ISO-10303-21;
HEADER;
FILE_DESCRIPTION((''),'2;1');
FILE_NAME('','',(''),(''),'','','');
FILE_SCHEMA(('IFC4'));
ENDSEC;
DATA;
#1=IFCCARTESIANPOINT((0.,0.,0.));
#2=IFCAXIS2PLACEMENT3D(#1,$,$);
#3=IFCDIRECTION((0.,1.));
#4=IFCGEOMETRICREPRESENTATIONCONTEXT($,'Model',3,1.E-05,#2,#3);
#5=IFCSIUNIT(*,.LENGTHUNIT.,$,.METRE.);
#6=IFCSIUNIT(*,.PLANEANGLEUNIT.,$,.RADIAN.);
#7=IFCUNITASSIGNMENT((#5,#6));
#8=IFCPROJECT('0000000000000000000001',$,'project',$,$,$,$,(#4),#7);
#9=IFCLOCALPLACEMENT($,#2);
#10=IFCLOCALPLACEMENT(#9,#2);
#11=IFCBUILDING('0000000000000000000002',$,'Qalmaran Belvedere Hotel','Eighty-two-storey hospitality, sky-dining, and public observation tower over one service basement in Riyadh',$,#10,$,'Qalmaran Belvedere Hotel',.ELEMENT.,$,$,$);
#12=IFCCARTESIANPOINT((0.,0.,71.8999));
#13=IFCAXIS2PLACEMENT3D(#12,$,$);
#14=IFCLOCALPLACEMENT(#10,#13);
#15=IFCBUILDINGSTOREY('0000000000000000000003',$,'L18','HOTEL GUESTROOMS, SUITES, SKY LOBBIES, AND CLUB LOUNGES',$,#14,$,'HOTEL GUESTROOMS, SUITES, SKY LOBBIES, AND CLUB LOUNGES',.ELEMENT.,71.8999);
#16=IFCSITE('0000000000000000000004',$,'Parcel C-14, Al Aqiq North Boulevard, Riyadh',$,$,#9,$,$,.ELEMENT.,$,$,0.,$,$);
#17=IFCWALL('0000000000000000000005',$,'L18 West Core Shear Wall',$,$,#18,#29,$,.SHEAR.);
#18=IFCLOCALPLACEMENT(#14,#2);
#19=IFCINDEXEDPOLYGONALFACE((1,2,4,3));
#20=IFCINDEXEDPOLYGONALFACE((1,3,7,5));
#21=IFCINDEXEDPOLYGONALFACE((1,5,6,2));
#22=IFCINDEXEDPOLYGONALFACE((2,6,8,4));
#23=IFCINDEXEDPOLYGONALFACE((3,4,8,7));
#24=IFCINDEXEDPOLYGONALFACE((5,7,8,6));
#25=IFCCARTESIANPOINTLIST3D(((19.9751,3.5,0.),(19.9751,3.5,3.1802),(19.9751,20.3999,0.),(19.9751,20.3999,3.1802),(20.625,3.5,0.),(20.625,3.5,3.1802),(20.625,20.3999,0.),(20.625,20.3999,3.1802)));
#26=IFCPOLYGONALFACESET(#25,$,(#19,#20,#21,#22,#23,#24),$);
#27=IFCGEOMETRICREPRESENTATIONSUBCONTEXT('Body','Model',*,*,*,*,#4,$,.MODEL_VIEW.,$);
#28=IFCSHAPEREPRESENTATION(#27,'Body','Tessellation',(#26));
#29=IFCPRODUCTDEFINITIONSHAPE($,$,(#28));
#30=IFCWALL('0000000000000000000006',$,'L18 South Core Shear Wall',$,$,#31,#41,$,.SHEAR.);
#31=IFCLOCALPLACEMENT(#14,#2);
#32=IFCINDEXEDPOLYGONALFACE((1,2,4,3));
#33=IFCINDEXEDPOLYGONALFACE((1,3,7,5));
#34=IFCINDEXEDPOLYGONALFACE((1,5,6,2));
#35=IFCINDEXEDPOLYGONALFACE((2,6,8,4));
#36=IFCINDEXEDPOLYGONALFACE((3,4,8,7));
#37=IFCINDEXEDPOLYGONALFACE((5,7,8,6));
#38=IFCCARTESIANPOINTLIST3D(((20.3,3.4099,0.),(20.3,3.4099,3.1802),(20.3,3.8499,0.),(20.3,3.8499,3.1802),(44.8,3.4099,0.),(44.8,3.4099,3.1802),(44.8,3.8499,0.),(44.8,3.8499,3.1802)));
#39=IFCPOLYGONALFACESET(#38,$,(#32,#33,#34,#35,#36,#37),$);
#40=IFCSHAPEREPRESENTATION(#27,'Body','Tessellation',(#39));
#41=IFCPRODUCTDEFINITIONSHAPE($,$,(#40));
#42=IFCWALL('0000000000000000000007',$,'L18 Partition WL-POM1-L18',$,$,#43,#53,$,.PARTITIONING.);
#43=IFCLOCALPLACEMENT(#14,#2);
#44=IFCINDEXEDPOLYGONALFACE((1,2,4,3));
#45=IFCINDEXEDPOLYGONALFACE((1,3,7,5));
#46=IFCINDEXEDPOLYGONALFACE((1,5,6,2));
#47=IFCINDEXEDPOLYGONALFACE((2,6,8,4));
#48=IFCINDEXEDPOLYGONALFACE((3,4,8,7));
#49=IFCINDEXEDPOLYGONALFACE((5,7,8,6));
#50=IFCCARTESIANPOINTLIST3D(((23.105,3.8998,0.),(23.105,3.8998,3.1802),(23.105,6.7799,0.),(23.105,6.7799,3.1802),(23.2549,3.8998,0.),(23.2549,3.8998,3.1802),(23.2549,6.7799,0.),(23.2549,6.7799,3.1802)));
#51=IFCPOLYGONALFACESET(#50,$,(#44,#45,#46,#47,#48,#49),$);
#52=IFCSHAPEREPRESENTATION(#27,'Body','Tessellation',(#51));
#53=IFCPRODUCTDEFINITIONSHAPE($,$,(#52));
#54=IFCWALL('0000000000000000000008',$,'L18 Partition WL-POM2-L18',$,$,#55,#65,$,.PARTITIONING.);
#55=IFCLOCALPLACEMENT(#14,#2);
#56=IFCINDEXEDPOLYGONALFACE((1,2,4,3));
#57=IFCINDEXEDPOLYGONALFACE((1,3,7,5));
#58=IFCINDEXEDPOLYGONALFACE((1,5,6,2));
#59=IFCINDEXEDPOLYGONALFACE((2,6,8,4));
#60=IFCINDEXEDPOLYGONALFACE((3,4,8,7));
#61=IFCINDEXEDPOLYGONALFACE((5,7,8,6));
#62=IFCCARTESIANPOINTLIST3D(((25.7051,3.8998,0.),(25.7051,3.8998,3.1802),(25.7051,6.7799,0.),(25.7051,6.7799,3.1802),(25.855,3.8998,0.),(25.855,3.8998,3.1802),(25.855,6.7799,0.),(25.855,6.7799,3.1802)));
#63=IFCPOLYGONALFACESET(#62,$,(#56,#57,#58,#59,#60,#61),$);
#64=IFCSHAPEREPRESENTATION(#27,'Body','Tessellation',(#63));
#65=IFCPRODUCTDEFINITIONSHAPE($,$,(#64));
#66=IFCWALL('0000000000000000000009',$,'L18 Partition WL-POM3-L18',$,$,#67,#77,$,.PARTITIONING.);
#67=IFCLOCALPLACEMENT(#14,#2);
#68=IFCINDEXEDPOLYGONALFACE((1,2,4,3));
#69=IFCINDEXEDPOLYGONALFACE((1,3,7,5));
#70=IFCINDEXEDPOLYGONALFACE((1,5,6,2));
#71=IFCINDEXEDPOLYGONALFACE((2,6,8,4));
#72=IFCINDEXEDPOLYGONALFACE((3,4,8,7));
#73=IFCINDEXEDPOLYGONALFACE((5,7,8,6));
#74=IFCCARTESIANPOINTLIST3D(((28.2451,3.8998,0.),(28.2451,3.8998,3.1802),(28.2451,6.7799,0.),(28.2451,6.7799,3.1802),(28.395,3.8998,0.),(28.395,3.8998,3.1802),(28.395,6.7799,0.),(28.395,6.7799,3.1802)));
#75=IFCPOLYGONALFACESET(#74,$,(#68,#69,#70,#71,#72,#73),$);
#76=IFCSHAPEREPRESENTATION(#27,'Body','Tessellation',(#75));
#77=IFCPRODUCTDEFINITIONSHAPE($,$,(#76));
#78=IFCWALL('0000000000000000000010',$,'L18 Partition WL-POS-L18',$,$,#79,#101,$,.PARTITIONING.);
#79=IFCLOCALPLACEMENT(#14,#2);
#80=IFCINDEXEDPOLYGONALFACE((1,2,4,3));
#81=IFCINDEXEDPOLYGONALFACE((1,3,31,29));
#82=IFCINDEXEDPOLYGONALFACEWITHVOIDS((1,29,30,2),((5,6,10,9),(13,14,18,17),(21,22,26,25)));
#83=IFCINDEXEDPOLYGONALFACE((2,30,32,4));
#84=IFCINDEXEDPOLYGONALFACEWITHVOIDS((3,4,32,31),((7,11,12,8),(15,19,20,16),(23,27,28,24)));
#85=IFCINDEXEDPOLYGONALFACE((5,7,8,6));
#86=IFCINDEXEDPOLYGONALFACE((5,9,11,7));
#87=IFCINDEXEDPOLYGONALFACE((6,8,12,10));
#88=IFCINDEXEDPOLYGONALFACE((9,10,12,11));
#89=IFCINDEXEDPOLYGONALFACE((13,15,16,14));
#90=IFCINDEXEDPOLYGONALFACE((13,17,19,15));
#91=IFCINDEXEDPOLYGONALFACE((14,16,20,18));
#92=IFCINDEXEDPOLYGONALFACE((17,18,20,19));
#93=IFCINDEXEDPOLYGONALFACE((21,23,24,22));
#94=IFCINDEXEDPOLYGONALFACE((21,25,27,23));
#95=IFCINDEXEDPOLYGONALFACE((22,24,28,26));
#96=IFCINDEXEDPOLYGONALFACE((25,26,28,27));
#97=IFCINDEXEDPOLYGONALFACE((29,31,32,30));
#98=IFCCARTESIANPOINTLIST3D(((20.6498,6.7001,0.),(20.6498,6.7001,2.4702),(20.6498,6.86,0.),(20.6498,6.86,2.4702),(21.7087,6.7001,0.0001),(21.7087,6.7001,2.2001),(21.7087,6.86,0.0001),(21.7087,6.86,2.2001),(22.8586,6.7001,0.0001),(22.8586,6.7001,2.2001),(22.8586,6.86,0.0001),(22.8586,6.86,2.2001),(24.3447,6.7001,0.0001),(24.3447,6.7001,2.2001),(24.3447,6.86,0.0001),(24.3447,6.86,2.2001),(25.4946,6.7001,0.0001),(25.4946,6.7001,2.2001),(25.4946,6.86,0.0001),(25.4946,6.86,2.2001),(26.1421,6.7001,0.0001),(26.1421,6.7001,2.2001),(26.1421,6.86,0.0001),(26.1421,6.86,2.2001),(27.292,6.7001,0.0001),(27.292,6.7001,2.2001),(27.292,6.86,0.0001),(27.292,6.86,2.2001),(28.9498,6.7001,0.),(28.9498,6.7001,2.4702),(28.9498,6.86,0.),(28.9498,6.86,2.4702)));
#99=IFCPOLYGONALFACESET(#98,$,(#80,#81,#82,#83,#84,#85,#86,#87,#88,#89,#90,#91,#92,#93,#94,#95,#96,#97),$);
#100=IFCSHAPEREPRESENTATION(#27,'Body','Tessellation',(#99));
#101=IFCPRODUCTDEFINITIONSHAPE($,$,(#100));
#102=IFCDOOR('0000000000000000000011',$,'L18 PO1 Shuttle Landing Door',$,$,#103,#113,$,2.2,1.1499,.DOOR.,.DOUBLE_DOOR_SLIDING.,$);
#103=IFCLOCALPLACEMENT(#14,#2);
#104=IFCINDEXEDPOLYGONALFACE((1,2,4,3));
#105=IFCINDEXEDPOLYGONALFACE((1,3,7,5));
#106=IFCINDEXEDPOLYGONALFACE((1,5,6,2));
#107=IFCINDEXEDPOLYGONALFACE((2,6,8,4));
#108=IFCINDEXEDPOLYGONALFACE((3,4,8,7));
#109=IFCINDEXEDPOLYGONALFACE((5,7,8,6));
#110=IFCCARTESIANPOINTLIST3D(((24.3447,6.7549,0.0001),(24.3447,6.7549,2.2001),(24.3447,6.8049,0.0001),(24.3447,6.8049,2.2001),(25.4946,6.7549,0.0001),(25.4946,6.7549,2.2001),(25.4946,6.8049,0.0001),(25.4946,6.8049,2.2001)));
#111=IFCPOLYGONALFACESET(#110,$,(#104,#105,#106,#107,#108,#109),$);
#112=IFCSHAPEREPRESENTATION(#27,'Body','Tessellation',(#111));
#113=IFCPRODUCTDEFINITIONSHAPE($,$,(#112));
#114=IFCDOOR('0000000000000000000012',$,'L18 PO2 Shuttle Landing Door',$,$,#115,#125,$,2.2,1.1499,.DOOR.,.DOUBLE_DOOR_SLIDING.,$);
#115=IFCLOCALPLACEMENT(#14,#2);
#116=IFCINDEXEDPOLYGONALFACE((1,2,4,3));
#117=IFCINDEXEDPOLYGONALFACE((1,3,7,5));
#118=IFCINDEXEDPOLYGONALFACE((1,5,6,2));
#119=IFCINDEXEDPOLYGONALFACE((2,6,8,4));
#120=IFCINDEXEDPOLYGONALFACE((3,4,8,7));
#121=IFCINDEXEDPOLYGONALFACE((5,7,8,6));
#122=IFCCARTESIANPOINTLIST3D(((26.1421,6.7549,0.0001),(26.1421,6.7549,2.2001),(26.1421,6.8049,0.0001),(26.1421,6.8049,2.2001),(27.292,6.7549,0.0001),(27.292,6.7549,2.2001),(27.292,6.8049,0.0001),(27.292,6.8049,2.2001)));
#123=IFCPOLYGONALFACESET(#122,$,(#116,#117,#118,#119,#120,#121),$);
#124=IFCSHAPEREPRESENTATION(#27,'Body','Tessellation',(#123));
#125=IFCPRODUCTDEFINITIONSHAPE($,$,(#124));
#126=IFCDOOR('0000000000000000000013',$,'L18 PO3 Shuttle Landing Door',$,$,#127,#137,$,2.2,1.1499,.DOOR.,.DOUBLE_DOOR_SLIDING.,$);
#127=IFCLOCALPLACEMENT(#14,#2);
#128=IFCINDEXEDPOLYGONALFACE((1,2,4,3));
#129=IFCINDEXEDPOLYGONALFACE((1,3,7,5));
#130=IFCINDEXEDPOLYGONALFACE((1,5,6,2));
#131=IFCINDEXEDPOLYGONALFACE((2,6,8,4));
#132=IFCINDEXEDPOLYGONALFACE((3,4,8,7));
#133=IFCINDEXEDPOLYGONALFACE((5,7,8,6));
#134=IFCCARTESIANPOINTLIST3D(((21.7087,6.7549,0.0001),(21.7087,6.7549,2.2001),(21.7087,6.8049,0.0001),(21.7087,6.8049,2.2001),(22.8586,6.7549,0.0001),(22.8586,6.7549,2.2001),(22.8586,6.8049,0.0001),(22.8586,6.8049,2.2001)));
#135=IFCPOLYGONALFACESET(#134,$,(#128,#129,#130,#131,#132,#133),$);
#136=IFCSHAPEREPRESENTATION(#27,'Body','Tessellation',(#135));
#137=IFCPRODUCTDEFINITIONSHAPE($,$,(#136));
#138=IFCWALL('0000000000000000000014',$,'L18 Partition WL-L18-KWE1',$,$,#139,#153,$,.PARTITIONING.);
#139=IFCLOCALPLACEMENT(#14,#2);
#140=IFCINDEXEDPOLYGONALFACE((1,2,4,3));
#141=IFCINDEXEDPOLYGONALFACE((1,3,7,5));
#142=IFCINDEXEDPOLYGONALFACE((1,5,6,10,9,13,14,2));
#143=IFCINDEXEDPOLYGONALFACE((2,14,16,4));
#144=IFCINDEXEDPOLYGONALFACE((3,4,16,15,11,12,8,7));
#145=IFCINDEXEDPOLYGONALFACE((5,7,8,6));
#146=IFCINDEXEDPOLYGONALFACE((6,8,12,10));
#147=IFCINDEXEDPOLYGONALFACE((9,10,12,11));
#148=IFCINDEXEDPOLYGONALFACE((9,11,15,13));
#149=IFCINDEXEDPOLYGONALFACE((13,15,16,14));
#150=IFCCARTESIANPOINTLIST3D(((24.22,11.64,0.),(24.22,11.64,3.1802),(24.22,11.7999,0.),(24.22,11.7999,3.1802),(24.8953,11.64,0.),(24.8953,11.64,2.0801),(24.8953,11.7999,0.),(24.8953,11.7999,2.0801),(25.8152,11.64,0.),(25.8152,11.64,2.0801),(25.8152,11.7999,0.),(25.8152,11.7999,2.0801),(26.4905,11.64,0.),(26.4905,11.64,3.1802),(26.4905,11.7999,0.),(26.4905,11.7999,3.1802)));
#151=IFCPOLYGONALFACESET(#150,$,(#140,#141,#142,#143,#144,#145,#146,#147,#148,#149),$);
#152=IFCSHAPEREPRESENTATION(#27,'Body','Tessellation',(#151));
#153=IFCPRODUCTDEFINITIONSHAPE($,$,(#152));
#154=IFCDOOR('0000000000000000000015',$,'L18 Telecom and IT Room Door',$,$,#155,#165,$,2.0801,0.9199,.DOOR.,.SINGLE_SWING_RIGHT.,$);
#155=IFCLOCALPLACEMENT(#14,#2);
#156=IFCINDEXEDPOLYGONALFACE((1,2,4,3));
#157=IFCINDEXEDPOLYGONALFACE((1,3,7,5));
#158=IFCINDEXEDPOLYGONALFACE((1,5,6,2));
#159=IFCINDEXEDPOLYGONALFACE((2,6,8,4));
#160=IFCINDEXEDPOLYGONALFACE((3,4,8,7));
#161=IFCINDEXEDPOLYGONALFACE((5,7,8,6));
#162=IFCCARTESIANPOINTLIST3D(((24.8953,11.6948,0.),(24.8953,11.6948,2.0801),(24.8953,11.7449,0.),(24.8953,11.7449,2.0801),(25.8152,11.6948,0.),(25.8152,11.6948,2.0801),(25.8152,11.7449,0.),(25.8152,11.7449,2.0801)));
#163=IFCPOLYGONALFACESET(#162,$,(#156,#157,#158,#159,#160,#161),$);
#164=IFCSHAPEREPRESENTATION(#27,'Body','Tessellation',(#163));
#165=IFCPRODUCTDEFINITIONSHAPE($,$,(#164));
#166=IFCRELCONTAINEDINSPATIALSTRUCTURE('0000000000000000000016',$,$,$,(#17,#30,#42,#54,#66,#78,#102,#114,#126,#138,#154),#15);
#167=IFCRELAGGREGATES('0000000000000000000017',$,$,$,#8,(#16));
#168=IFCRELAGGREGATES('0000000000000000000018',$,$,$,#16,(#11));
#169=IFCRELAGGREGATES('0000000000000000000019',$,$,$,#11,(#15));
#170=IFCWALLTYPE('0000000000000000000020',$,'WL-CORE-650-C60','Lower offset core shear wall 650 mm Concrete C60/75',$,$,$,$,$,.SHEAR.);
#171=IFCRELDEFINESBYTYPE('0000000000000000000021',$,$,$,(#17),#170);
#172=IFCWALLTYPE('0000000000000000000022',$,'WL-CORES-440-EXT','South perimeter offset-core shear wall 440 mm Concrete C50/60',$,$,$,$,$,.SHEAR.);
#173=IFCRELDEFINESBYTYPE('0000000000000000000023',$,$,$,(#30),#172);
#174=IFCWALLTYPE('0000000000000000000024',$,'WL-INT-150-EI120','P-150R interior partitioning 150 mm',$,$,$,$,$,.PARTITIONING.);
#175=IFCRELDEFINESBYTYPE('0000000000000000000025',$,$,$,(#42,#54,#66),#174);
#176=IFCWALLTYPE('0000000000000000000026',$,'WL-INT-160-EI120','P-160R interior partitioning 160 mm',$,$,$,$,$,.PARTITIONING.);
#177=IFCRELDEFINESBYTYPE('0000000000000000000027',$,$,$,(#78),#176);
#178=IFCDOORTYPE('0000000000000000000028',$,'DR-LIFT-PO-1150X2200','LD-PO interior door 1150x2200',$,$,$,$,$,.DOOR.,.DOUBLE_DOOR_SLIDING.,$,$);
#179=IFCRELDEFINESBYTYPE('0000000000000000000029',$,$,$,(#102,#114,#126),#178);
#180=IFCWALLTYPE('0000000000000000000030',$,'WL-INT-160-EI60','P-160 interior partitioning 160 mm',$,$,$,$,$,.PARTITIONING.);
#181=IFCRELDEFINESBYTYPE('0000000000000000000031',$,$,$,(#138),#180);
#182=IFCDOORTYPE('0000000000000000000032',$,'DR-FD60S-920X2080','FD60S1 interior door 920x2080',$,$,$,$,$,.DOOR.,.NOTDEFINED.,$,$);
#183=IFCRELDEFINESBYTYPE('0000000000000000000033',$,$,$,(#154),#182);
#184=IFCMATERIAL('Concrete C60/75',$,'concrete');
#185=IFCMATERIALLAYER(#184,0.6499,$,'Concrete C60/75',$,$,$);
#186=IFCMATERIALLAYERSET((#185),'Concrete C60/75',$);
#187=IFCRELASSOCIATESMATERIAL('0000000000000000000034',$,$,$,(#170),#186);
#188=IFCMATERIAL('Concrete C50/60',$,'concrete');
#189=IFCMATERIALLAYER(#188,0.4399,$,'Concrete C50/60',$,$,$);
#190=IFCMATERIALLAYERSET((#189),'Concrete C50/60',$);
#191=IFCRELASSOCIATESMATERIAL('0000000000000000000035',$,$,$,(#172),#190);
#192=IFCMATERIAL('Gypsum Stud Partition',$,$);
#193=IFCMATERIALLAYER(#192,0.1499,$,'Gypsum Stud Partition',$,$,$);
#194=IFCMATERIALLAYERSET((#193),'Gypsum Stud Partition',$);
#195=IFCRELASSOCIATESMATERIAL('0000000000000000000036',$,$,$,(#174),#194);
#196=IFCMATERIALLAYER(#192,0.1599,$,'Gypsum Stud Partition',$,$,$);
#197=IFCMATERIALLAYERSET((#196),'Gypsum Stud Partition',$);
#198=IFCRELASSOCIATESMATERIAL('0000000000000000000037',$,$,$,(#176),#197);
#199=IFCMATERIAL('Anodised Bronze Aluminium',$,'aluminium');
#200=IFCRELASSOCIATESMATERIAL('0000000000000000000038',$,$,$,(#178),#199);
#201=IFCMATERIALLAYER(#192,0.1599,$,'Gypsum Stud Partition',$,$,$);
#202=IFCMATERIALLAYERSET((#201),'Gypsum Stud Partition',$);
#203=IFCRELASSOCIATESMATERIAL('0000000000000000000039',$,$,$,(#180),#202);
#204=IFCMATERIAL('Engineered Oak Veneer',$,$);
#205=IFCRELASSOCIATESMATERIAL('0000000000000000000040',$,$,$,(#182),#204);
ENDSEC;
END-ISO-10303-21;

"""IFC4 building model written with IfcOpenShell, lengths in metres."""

from ifc_helpers import new_model, si_unit, direction, frame, frame_2d, origin, place, context, subcontext, project, spatial, rectangle, extrude, material, layer, layer_set, type_object, element, fill, save


model = new_model("IFC4")

# Units and contexts
model_context = context("Model", 3, precision=1e-05, world=origin(), true_north=direction((0.0, 1.0)))
body_context = subcontext(model_context, "Body", "Model", "MODEL_VIEW")
ifc_project = project(units=[si_unit("LENGTHUNIT", "METRE"), si_unit("PLANEANGLEUNIT", "RADIAN")], contexts=[model_context])

# Site, building, storey
site_placement = place(None, origin())
site = spatial("IfcSite", under=ifc_project, at=site_placement, Name="Parcel C-14, Al Aqiq North Boulevard, Riyadh", CompositionType="ELEMENT", RefElevation=0.0)
building_placement = place(site_placement, origin())
building = spatial("IfcBuilding", under=site, at=building_placement, Name="Qalmaran Belvedere Hotel", Description="Eighty-two-storey hospitality, sky-dining, and public observation tower over one service basement in Riyadh", LongName="Qalmaran Belvedere Hotel", CompositionType="ELEMENT")
storey_placement = place(building_placement, frame((0.0, 0.0, 71.8999)))
storey = spatial("IfcBuildingStorey", under=building, at=storey_placement, Name="L18", Description="HOTEL GUESTROOMS, SUITES, SKY LOBBIES, AND CLUB LOUNGES", LongName="HOTEL GUESTROOMS, SUITES, SKY LOBBIES, AND CLUB LOUNGES", CompositionType="ELEMENT", Elevation=71.8999)

# Shared definitions
ifc_material_1 = material(Name="Concrete C60/75", Category="concrete")

# Shared definitions
ifc_material_2 = material(Name="Anodised Bronze Aluminium", Category="aluminium")

# Wall
ifc_layer_1 = layer(ifc_material_1, 0.6499, Name="Concrete C60/75")
ifc_layer_set_1 = layer_set([ifc_layer_1], Name="Concrete C60/75")
wall_type_1 = type_object("IfcWallType", Name="WL-CORE-650-C60", Description="Lower offset core shear wall 650 mm Concrete C60/75", PredefinedType="SHEAR", material=ifc_layer_set_1)
wall_1_placement = place(storey_placement, frame((20.3, 3.5, 0.0), z_axis=(0.0, 0.0, 1.0), x_axis=(0.0, 1.0, 0.0)))
element("IfcWall", 1, at=wall_1_placement, inside=storey, type_object=wall_type_1, Name="L18 West Core Shear Wall", PredefinedType="SHEAR", context=body_context, shape_type="SweptSolid", body=[
    extrude(rectangle(XDim=16.8999, YDim=0.6499, at=frame_2d((8.45, 0.0))), origin(), (0.0, 0.0, 1.0), 3.1802),
])

# Walls
ifc_material_3 = material(Name="Concrete C50/60", Category="concrete")
ifc_layer_2 = layer(ifc_material_3, 0.4399, Name="Concrete C50/60")
ifc_layer_set_2 = layer_set([ifc_layer_2], Name="Concrete C50/60")
wall_type_2 = type_object("IfcWallType", Name="WL-CORES-440-EXT", Description="South perimeter offset-core shear wall 440 mm Concrete C50/60", PredefinedType="SHEAR", material=ifc_layer_set_2)
wall_2_placement = place(storey_placement, frame((20.3, 3.6299, 0.0), z_axis=(0.0, 0.0, 1.0), x_axis=(1.0, 0.0, 0.0)))
element("IfcWall", 2, at=wall_2_placement, inside=storey, type_object=wall_type_2, Name="L18 South Core Shear Wall", PredefinedType="SHEAR", context=body_context, shape_type="SweptSolid", body=[
    extrude(rectangle(XDim=24.5, YDim=0.4399, at=frame_2d((12.25, 0.0))), origin(), (0.0, 0.0, 1.0), 3.1802),
])
ifc_material_4 = material(Name="Gypsum Stud Partition")
ifc_layer_3 = layer(ifc_material_4, 0.1499, Name="Gypsum Stud Partition")
ifc_layer_set_3 = layer_set([ifc_layer_3], Name="Gypsum Stud Partition")
wall_type_3 = type_object("IfcWallType", Name="WL-INT-150-EI120", Description="P-150R interior partitioning 150 mm", PredefinedType="PARTITIONING", material=ifc_layer_set_3)
for number, where, z_axis, x_axis, name in (
    (3, (23.1799, 3.8999, 0.0), (0.0, 0.0, 1.0), (0.0, 1.0, 0.0), "L18 Partition WL-POM1-L18"),
    (4, (25.78, 3.8999, 0.0), (0.0, 0.0, 1.0), (0.0, 1.0, 0.0), "L18 Partition WL-POM2-L18"),
    (5, (28.3201, 3.8999, 0.0), (0.0, 0.0, 1.0), (0.0, 1.0, 0.0), "L18 Partition WL-POM3-L18"),
):
    element("IfcWall", number, at=place(storey_placement, frame(where, z_axis=z_axis, x_axis=x_axis)), inside=storey, type_object=wall_type_3, Name=name, PredefinedType="PARTITIONING", context=body_context, shape_type="SweptSolid", body=[
        extrude(rectangle(XDim=2.8801, YDim=0.1499, at=frame_2d((1.4399, 0.0))), origin(), (0.0, 0.0, 1.0), 3.1802),
    ])

# Wall, openings, doors
ifc_layer_4 = layer(ifc_material_4, 0.1599, Name="Gypsum Stud Partition")
ifc_layer_set_4 = layer_set([ifc_layer_4], Name="Gypsum Stud Partition")
wall_type_4 = type_object("IfcWallType", Name="WL-INT-160-EI120", Description="P-160R interior partitioning 160 mm", PredefinedType="PARTITIONING", material=ifc_layer_set_4)
wall_3_placement = place(storey_placement, frame((20.6499, 6.78, 0.0), z_axis=(0.0, 0.0, 1.0), x_axis=(1.0, 0.0, 0.0)))
wall_3 = element("IfcWall", 6, at=wall_3_placement, inside=storey, type_object=wall_type_4, Name="L18 Partition WL-POS-L18", PredefinedType="PARTITIONING", context=body_context, shape_type="SweptSolid", body=[
    extrude(rectangle(XDim=8.3, YDim=0.1599, at=frame_2d((4.1499, 0.0))), origin(), (0.0, 0.0, 1.0), 2.4702),
])
opening_1_placement = place(wall_3_placement, frame((3.6948, 0.0, 0.0)))
opening_1 = element("IfcOpeningElement", 7, at=opening_1_placement, cuts=wall_3, PredefinedType="OPENING", context=body_context, shape_type="SweptSolid", body=[
    extrude(rectangle(XDim=1.1499, YDim=2.2, at=frame_2d((0.575, 1.1001))), frame((0.0, 0.0898, 0.0), z_axis=(0.0, -1.0, 0.0), x_axis=(1.0, 0.0, 0.0)), (0.0, 0.0, 1.0), 0.1799),
])
opening_2_placement = place(wall_3_placement, frame((5.4922, 0.0, 0.0)))
opening_2 = element("IfcOpeningElement", 8, at=opening_2_placement, cuts=wall_3, PredefinedType="OPENING", context=body_context, shape_type="SweptSolid", body=[
    extrude(rectangle(XDim=1.1499, YDim=2.2, at=frame_2d((0.575, 1.1001))), frame((0.0, 0.0898, 0.0), z_axis=(0.0, -1.0, 0.0), x_axis=(1.0, 0.0, 0.0)), (0.0, 0.0, 1.0), 0.1799),
])
opening_3_placement = place(wall_3_placement, frame((1.0588, 0.0, 0.0)))
opening_3 = element("IfcOpeningElement", 9, at=opening_3_placement, cuts=wall_3, PredefinedType="OPENING", context=body_context, shape_type="SweptSolid", body=[
    extrude(rectangle(XDim=1.1499, YDim=2.2, at=frame_2d((0.575, 1.1001))), frame((0.0, 0.0898, 0.0), z_axis=(0.0, -1.0, 0.0), x_axis=(1.0, 0.0, 0.0)), (0.0, 0.0, 1.0), 0.1799),
])
door_type_1 = type_object("IfcDoorType", Name="DR-LIFT-PO-1150X2200", Description="LD-PO interior door 1150x2200", OperationType="DOUBLE_DOOR_SLIDING", PredefinedType="DOOR", material=ifc_material_2)
door_1_placement = place(opening_1_placement, origin())
door_1 = element("IfcDoor", 10, at=door_1_placement, inside=storey, type_object=door_type_1, Name="L18 PO1 Shuttle Landing Door", OperationType="DOUBLE_DOOR_SLIDING", OverallHeight=2.2, OverallWidth=1.1499, PredefinedType="DOOR", context=body_context, shape_type="SweptSolid", body=[
    extrude(rectangle(XDim=1.1499, YDim=2.2, at=frame_2d((0.575, 1.1001))), frame((0.0, 0.0249, 0.0), z_axis=(0.0, -1.0, 0.0), x_axis=(1.0, 0.0, 0.0)), (0.0, 0.0, 1.0), 0.05),
])
fill(opening_1, door_1)
door_2_placement = place(opening_2_placement, origin())
door_2 = element("IfcDoor", 11, at=door_2_placement, inside=storey, type_object=door_type_1, Name="L18 PO2 Shuttle Landing Door", OperationType="DOUBLE_DOOR_SLIDING", OverallHeight=2.2, OverallWidth=1.1499, PredefinedType="DOOR", context=body_context, shape_type="SweptSolid", body=[
    extrude(rectangle(XDim=1.1499, YDim=2.2, at=frame_2d((0.575, 1.1001))), frame((0.0, 0.0249, 0.0), z_axis=(0.0, -1.0, 0.0), x_axis=(1.0, 0.0, 0.0)), (0.0, 0.0, 1.0), 0.05),
])
fill(opening_2, door_2)
door_3_placement = place(opening_3_placement, origin())
door_3 = element("IfcDoor", 12, at=door_3_placement, inside=storey, type_object=door_type_1, Name="L18 PO3 Shuttle Landing Door", OperationType="DOUBLE_DOOR_SLIDING", OverallHeight=2.2, OverallWidth=1.1499, PredefinedType="DOOR", context=body_context, shape_type="SweptSolid", body=[
    extrude(rectangle(XDim=1.1499, YDim=2.2, at=frame_2d((0.575, 1.1001))), frame((0.0, 0.0249, 0.0), z_axis=(0.0, -1.0, 0.0), x_axis=(1.0, 0.0, 0.0)), (0.0, 0.0, 1.0), 0.05),
])
fill(opening_3, door_3)

# Wall, opening, door
ifc_layer_5 = layer(ifc_material_4, 0.1599, Name="Gypsum Stud Partition")
ifc_layer_set_5 = layer_set([ifc_layer_5], Name="Gypsum Stud Partition")
wall_type_5 = type_object("IfcWallType", Name="WL-INT-160-EI60", Description="P-160 interior partitioning 160 mm", PredefinedType="PARTITIONING", material=ifc_layer_set_5)
wall_4_placement = place(storey_placement, frame((24.22, 11.72, 0.0), z_axis=(0.0, 0.0, 1.0), x_axis=(1.0, 0.0, 0.0)))
wall_4 = element("IfcWall", 13, at=wall_4_placement, inside=storey, type_object=wall_type_5, Name="L18 Partition WL-L18-KWE1", PredefinedType="PARTITIONING", context=body_context, shape_type="SweptSolid", body=[
    extrude(rectangle(XDim=2.2705, YDim=0.1599, at=frame_2d((1.1353, 0.0))), origin(), (0.0, 0.0, 1.0), 3.1802),
])
opening_4_placement = place(wall_4_placement, frame((0.6753, 0.0, 0.0)))
opening_4 = element("IfcOpeningElement", 14, at=opening_4_placement, cuts=wall_4, PredefinedType="OPENING", context=body_context, shape_type="SweptSolid", body=[
    extrude(rectangle(XDim=0.9199, YDim=2.0801, at=frame_2d((0.46, 1.04))), frame((0.0, 0.0898, 0.0), z_axis=(0.0, -1.0, 0.0), x_axis=(1.0, 0.0, 0.0)), (0.0, 0.0, 1.0), 0.1799),
])
ifc_material_5 = material(Name="Engineered Oak Veneer")
door_type_2 = type_object("IfcDoorType", Name="DR-FD60S-920X2080", Description="FD60S1 interior door 920x2080", OperationType="NOTDEFINED", PredefinedType="DOOR", material=ifc_material_5)
door_4_placement = place(opening_4_placement, origin())
door_4 = element("IfcDoor", 15, at=door_4_placement, inside=storey, type_object=door_type_2, Name="L18 Telecom and IT Room Door", OperationType="SINGLE_SWING_RIGHT", OverallHeight=2.0801, OverallWidth=0.9199, PredefinedType="DOOR", context=body_context, shape_type="SweptSolid", body=[
    extrude(rectangle(XDim=0.9199, YDim=2.0801, at=frame_2d((0.46, 1.04))), frame((0.0, 0.0249, 0.0), z_axis=(0.0, -1.0, 0.0), x_axis=(1.0, 0.0, 0.0)), (0.0, 0.0, 1.0), 0.05),
])
fill(opening_4, door_4)

save(model, "model.ifc")
